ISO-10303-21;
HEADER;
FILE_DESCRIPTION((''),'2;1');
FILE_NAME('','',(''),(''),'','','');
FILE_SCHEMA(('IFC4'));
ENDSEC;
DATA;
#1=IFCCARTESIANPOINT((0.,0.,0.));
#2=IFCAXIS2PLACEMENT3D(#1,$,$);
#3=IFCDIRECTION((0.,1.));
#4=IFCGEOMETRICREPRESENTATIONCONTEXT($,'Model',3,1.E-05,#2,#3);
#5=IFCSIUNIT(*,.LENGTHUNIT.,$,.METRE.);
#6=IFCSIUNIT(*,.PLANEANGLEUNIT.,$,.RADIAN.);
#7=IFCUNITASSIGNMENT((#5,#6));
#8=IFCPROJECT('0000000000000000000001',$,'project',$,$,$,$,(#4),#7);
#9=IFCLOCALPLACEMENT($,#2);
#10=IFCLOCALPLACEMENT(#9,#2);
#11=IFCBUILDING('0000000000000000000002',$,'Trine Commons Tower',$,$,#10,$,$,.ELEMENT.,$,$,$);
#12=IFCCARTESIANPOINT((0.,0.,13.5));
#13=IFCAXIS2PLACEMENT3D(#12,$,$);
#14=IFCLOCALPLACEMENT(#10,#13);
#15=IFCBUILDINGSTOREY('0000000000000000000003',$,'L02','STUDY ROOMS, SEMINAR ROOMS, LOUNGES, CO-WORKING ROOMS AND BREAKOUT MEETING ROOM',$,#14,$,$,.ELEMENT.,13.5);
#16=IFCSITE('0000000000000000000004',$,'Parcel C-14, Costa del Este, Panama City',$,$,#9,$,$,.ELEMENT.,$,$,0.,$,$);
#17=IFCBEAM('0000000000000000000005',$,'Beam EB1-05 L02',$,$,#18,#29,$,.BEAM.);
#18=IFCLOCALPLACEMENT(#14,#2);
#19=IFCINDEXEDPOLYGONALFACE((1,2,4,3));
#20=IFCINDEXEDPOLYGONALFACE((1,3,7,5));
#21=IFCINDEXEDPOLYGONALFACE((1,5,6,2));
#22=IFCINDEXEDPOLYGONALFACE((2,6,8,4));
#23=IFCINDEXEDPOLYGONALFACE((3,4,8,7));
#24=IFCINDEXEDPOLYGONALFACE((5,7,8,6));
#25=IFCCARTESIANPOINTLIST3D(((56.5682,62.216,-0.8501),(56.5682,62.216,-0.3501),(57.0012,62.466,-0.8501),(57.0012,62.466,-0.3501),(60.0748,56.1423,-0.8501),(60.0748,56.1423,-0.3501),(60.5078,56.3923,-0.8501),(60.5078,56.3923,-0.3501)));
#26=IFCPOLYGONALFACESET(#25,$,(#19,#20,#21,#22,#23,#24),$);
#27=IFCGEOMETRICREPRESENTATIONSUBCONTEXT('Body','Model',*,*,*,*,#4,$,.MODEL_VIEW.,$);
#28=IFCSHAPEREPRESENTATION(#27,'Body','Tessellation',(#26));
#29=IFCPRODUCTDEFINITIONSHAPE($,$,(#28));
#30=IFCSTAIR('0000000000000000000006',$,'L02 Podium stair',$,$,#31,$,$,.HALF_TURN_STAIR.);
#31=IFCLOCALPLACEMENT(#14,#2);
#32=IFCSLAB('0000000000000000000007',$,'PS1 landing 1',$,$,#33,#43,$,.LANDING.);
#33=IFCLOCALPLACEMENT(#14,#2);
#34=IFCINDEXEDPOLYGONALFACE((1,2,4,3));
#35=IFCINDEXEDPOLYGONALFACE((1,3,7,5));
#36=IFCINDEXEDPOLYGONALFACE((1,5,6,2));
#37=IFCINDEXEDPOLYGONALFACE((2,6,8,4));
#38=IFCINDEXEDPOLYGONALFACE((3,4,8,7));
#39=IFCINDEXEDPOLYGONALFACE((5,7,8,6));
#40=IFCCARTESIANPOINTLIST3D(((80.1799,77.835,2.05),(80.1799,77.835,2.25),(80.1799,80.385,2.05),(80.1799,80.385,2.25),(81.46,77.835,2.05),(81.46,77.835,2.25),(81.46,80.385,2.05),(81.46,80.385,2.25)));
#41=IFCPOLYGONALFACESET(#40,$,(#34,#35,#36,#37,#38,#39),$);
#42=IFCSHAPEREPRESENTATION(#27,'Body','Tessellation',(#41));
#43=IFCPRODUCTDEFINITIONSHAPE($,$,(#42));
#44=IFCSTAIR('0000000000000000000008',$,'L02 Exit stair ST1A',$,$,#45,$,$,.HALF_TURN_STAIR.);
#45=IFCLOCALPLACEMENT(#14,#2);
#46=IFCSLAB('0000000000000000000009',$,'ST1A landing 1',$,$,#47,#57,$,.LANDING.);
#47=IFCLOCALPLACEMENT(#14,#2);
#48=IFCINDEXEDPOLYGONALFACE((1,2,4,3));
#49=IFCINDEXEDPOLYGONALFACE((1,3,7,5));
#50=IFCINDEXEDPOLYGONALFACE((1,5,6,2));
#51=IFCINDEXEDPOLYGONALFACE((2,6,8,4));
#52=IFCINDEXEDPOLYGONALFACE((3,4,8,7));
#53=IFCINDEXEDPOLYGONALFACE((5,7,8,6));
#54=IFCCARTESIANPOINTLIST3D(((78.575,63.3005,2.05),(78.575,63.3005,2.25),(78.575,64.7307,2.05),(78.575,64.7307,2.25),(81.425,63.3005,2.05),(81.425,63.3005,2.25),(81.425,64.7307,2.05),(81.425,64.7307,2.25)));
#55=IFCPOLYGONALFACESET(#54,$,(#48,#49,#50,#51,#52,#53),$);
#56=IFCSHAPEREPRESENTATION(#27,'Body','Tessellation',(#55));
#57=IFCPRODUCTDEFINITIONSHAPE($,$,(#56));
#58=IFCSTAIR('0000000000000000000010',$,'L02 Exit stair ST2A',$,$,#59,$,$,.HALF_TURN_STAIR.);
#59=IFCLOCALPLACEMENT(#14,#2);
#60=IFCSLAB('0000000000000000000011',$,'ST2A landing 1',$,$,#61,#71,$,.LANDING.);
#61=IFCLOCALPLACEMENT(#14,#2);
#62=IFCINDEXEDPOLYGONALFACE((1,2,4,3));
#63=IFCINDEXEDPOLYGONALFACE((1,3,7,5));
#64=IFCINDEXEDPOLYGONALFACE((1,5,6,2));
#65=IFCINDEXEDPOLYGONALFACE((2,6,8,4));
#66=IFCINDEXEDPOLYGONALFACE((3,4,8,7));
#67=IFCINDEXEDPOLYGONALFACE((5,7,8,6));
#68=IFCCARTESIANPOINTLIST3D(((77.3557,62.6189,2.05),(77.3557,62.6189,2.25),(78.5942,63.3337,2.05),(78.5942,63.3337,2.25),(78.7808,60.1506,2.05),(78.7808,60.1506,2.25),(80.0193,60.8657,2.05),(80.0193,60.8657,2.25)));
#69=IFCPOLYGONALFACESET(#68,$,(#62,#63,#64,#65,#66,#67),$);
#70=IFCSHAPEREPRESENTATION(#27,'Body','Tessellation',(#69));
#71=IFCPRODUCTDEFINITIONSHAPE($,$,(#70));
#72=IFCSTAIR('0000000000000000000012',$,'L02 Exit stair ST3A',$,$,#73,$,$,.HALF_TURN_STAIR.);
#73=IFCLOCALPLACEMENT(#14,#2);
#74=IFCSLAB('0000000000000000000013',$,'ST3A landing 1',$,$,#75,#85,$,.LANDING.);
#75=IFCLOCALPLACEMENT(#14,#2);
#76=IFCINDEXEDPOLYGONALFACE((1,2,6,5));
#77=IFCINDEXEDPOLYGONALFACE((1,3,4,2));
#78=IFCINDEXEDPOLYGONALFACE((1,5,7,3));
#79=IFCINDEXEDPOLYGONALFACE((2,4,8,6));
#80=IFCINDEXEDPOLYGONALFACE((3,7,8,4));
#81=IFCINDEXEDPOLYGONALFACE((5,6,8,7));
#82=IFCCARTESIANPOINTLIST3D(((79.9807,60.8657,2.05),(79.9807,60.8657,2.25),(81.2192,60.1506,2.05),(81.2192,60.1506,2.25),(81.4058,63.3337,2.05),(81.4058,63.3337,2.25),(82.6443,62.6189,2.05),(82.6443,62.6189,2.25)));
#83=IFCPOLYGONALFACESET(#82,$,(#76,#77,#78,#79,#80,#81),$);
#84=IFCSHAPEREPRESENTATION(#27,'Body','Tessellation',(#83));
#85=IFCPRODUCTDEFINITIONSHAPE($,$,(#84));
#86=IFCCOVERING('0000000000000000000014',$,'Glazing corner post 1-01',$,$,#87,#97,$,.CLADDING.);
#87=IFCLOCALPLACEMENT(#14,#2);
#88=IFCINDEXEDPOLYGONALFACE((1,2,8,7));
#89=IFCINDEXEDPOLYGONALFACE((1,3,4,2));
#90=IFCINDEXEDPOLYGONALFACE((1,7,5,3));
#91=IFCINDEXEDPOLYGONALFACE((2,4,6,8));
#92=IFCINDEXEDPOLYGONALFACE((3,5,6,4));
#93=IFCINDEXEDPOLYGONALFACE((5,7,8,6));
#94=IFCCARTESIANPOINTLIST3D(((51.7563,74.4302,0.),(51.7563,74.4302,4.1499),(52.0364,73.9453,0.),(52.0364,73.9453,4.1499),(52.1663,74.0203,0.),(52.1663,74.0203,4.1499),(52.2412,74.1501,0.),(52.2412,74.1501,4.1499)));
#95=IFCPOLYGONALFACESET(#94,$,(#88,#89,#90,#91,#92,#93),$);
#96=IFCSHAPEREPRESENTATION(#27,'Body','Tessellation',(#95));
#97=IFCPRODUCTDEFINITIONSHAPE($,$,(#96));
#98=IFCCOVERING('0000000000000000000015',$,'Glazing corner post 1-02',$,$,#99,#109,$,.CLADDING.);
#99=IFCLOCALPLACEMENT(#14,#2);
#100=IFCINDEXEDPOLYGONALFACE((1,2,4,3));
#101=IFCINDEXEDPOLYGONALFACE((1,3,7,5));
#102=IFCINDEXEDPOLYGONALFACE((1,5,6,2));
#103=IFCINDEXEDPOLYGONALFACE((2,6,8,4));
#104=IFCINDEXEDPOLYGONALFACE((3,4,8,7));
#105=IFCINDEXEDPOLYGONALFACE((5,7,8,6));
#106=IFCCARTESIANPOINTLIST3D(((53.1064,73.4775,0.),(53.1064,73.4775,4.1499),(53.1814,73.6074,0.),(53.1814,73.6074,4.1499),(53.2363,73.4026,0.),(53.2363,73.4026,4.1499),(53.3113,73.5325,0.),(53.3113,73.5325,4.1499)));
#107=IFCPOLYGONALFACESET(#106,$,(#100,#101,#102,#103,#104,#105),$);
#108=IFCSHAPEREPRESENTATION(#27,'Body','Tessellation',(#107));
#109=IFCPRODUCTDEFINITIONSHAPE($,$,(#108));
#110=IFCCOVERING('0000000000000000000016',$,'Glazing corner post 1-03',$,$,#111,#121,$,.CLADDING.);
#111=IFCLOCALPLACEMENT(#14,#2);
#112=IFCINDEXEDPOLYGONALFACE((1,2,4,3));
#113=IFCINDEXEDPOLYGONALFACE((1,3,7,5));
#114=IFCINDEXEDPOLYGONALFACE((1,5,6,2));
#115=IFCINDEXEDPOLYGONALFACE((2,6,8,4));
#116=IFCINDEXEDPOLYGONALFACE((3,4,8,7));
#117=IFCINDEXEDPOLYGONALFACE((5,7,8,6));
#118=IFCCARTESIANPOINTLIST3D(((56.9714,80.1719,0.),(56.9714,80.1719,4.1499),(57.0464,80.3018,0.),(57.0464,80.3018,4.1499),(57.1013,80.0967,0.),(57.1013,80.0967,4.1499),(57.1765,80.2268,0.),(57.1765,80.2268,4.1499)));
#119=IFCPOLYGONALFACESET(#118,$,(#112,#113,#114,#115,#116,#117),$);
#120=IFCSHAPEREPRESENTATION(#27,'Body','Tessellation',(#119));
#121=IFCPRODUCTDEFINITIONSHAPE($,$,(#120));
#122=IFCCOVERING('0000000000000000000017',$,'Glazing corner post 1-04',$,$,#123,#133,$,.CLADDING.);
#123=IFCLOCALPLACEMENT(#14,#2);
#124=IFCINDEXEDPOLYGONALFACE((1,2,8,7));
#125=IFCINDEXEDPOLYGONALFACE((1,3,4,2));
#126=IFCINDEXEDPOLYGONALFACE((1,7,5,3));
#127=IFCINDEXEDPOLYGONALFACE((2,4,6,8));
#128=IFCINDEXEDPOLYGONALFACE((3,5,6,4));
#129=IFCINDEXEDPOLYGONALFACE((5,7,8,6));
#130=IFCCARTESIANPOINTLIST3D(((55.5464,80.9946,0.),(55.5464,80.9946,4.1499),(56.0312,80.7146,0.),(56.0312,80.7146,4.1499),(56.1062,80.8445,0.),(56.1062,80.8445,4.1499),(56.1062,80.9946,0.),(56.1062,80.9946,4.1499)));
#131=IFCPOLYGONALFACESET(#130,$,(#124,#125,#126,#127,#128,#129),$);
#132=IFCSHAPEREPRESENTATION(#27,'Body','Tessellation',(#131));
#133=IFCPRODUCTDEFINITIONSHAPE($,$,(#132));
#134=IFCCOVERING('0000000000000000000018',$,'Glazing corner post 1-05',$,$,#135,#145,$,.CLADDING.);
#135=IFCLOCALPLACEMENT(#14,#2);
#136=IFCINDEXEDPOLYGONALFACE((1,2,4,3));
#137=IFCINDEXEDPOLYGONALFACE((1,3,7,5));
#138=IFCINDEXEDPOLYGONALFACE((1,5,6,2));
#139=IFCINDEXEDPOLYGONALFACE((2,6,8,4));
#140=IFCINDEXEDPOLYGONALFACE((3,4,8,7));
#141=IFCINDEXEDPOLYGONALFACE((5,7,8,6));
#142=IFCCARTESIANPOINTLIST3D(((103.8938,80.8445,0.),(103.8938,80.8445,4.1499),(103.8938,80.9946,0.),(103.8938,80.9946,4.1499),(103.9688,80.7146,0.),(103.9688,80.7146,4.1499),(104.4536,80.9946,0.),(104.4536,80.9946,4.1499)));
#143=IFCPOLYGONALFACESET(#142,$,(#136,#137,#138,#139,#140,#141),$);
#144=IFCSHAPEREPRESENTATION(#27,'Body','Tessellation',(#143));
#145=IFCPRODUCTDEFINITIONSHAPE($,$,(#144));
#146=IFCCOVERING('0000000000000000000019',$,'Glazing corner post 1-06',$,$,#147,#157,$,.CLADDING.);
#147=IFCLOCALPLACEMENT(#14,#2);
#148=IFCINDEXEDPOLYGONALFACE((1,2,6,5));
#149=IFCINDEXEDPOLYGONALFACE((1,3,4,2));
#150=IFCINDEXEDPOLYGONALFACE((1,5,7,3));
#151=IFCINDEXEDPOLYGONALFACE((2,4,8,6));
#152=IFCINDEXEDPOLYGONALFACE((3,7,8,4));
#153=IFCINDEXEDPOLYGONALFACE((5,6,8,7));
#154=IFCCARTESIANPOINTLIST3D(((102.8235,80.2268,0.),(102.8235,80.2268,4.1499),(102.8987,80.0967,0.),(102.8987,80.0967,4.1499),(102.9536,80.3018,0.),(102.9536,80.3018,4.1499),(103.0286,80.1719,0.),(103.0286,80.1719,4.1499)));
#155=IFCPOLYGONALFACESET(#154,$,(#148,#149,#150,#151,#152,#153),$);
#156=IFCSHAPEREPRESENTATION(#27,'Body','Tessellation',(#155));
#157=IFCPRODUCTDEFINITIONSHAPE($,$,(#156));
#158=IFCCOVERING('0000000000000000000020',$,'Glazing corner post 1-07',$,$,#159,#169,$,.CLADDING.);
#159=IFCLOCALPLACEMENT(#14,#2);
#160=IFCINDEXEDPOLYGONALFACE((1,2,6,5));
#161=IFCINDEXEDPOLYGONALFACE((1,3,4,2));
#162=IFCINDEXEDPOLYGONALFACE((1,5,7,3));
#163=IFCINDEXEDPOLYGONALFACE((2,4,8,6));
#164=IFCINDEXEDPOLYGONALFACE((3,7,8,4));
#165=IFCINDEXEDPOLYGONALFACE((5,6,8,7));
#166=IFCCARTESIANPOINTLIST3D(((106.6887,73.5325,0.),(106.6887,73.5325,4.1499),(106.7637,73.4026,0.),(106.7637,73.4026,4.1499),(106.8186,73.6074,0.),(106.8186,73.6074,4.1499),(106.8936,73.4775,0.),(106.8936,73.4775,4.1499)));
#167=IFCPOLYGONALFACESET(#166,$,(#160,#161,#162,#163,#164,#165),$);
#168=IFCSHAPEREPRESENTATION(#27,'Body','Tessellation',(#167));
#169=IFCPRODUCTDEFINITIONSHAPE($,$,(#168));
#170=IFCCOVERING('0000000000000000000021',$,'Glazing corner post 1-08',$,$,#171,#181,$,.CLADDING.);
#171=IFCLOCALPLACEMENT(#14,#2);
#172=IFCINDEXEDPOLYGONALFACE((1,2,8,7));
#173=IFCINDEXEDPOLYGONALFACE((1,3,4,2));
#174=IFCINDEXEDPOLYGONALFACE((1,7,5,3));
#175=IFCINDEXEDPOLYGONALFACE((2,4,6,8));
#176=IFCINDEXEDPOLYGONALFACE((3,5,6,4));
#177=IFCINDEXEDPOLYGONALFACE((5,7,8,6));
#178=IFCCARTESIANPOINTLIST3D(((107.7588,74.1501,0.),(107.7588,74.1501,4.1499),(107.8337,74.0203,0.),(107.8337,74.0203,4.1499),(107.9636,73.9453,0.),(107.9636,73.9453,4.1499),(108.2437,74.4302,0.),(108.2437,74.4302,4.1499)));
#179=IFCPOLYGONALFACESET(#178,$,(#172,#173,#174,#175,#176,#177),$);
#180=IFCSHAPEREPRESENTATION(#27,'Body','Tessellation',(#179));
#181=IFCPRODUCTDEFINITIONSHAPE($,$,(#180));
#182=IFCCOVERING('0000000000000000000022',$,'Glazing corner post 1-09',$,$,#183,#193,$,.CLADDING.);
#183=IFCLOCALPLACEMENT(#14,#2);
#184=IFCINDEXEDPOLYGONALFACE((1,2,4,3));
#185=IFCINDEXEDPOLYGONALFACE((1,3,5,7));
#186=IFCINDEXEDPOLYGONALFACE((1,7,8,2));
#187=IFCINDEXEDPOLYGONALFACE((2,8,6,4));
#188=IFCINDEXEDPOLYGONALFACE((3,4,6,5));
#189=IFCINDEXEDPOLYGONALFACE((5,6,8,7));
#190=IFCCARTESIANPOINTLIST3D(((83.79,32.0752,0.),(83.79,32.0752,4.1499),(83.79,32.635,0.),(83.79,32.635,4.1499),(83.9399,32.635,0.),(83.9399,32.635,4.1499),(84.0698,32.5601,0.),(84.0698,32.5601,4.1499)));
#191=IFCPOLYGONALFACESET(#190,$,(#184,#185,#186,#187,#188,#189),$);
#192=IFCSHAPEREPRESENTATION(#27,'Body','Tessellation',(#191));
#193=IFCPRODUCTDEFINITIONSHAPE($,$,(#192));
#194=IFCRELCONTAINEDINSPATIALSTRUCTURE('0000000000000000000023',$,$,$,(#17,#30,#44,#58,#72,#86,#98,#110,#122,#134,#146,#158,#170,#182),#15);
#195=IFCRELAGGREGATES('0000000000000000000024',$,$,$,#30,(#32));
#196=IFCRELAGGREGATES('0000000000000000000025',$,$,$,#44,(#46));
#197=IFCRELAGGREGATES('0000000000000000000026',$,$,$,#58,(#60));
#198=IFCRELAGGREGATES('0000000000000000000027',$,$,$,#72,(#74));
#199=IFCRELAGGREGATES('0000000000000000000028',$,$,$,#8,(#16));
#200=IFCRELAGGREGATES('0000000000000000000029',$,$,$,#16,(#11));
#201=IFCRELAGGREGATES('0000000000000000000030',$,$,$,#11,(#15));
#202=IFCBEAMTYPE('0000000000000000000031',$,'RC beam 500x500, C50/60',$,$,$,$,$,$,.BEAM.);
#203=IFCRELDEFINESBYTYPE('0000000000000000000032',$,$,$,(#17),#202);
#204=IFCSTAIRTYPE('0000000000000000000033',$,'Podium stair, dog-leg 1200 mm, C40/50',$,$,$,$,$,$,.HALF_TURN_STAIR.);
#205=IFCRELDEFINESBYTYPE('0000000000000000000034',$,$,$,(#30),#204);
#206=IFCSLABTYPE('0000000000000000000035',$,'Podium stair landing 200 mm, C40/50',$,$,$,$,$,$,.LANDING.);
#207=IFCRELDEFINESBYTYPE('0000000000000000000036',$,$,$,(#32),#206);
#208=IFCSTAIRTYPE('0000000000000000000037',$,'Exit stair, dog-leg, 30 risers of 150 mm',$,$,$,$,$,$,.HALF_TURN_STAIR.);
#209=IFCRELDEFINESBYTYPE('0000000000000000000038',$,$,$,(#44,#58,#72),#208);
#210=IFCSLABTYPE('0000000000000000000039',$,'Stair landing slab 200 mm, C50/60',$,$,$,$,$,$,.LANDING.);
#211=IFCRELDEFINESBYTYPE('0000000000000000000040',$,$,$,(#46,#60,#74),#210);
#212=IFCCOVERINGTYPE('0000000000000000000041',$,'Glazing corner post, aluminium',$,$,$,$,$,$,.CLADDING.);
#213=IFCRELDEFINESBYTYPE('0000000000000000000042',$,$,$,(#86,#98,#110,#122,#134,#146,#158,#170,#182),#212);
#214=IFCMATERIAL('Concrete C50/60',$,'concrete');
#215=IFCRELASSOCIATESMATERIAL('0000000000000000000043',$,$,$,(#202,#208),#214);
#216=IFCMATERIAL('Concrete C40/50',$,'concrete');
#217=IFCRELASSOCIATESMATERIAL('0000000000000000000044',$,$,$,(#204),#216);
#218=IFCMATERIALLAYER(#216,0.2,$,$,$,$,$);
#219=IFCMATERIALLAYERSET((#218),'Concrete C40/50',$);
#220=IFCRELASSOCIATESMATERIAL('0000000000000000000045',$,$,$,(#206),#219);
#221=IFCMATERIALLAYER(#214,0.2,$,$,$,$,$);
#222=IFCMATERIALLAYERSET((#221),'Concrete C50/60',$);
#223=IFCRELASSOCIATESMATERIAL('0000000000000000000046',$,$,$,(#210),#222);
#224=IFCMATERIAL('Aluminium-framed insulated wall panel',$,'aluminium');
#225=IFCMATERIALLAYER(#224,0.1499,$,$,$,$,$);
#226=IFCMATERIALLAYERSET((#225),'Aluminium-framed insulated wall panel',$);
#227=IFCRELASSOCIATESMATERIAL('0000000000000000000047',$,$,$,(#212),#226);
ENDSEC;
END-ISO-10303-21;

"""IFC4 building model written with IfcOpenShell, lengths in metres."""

from ifc_helpers import new_model, si_unit, direction, frame, origin, origin_2d, place, context, subcontext, project, spatial, polyline, rectangle, outline, extrude, material, layer, layer_set, material_profile, profile_set, type_object, element, aggregate, save


model = new_model("IFC4")

# Units and contexts
model_context = context("Model", 3, precision=1e-05, world=origin(), true_north=direction((0.0, 1.0)))
body_context = subcontext(model_context, "Body", "Model", "MODEL_VIEW")
ifc_project = project(units=[si_unit("LENGTHUNIT", "METRE"), si_unit("PLANEANGLEUNIT", "RADIAN")], contexts=[model_context])

# Site, building, storey
site_placement = place(None, origin())
site = spatial("IfcSite", under=ifc_project, at=site_placement, Name="Parcel C-14, Costa del Este, Panama City", CompositionType="ELEMENT", RefElevation=0.0)
building_placement = place(site_placement, origin())
building = spatial("IfcBuilding", under=site, at=building_placement, Name="Trine Commons Tower", CompositionType="ELEMENT")
storey_placement = place(building_placement, frame((0.0, 0.0, 13.5)))
storey = spatial("IfcBuildingStorey", under=building, at=storey_placement, Name="L02", Description="STUDY ROOMS, SEMINAR ROOMS, LOUNGES, CO-WORKING ROOMS AND BREAKOUT MEETING ROOM", CompositionType="ELEMENT", Elevation=13.5)

# Beam
ifc_material_1 = material(Name="Concrete C50/60", Category="concrete")
ifc_material_profile = material_profile(ifc_material_1, rectangle(XDim=0.5, YDim=0.5, at=origin_2d()), Name="RC 500x500")
ifc_profile_set = profile_set([ifc_material_profile], Name="Concrete C50/60")
beam_type = type_object("IfcBeamType", Name="RC beam 500x500, C50/60", PredefinedType="BEAM", material=ifc_profile_set)
beam_placement = place(storey_placement, frame((60.2913, 56.2673, -0.6001), z_axis=(-0.499992, 0.86603, 0.0), x_axis=(-0.86603, -0.499992, 0.0)))
element("IfcBeam", 1, at=beam_placement, inside=storey, type_object=beam_type, Name="Beam EB1-05 L02", PredefinedType="BEAM", context=body_context, shape_type="SweptSolid", body=[
    extrude(rectangle(XDim=0.5, YDim=0.5, at=origin_2d()), origin(), (0.0, 0.0, 1.0), 7.0132),
])

# Stairs, slabs
ifc_material_2 = material(Name="Concrete C40/50", Category="concrete")
stair_type_1 = type_object("IfcStairType", Name="Podium stair, dog-leg 1200 mm, C40/50", PredefinedType="HALF_TURN_STAIR", material=ifc_material_2)
stair_1_placement = place(storey_placement, origin())
stair_1 = element("IfcStair", 2, at=stair_1_placement, inside=storey, type_object=stair_type_1, Name="L02 Podium stair", PredefinedType="HALF_TURN_STAIR")
ifc_layer_1 = layer(ifc_material_2, 0.2)
ifc_layer_set_1 = layer_set([ifc_layer_1], Name="Concrete C40/50")
slab_type_1 = type_object("IfcSlabType", Name="Podium stair landing 200 mm, C40/50", PredefinedType="LANDING", material=ifc_layer_set_1)
slab_1_placement = place(storey_placement, frame((0.0, 0.0, 2.05)))
slab_1 = element("IfcSlab", 3, at=slab_1_placement, type_object=slab_type_1, Name="PS1 landing 1", PredefinedType="LANDING", context=body_context, shape_type="SweptSolid", body=[
    extrude(outline(polyline([(80.1799, 77.835), (81.46, 77.835), (81.46, 80.385), (80.1799, 80.385), (80.1799, 77.835)])), origin(), (0.0, 0.0, 1.0), 0.2),
])
aggregate(stair_1, [slab_1])
stair_type_2 = type_object("IfcStairType", Name="Exit stair, dog-leg, 30 risers of 150 mm", PredefinedType="HALF_TURN_STAIR", material=ifc_material_1)
stair_2_placement = place(storey_placement, origin())
stair_2 = element("IfcStair", 4, at=stair_2_placement, inside=storey, type_object=stair_type_2, Name="L02 Exit stair ST1A", PredefinedType="HALF_TURN_STAIR")
ifc_layer_2 = layer(ifc_material_1, 0.2)
ifc_layer_set_2 = layer_set([ifc_layer_2], Name="Concrete C50/60")
slab_type_2 = type_object("IfcSlabType", Name="Stair landing slab 200 mm, C50/60", PredefinedType="LANDING", material=ifc_layer_set_2)
slab_2_placement = place(storey_placement, frame((0.0, 0.0, 2.05)))
slab_2 = element("IfcSlab", 5, at=slab_2_placement, type_object=slab_type_2, Name="ST1A landing 1", PredefinedType="LANDING", context=body_context, shape_type="SweptSolid", body=[
    extrude(outline(polyline([(78.575, 64.7307), (78.575, 63.3005), (81.425, 63.3005), (81.425, 64.7307), (78.575, 64.7307)])), origin(), (0.0, 0.0, 1.0), 0.2),
])
aggregate(stair_2, [slab_2])
stair_3_placement = place(storey_placement, origin())
stair_3 = element("IfcStair", 6, at=stair_3_placement, inside=storey, type_object=stair_type_2, Name="L02 Exit stair ST2A", PredefinedType="HALF_TURN_STAIR")
slab_3_placement = place(storey_placement, frame((0.0, 0.0, 2.05)))
slab_3 = element("IfcSlab", 7, at=slab_3_placement, type_object=slab_type_2, Name="ST2A landing 1", PredefinedType="LANDING", context=body_context, shape_type="SweptSolid", body=[
    extrude(outline(polyline([(78.7808, 60.1506), (80.0193, 60.8657), (78.5942, 63.3337), (77.3557, 62.6189), (78.7808, 60.1506)])), origin(), (0.0, 0.0, 1.0), 0.2),
])
aggregate(stair_3, [slab_3])
stair_4_placement = place(storey_placement, origin())
stair_4 = element("IfcStair", 8, at=stair_4_placement, inside=storey, type_object=stair_type_2, Name="L02 Exit stair ST3A", PredefinedType="HALF_TURN_STAIR")
slab_4_placement = place(storey_placement, frame((0.0, 0.0, 2.05)))
slab_4 = element("IfcSlab", 9, at=slab_4_placement, type_object=slab_type_2, Name="ST3A landing 1", PredefinedType="LANDING", context=body_context, shape_type="SweptSolid", body=[
    extrude(outline(polyline([(82.6443, 62.6189), (81.4058, 63.3337), (79.9807, 60.8657), (81.2192, 60.1506), (82.6443, 62.6189)])), origin(), (0.0, 0.0, 1.0), 0.2),
])
aggregate(stair_4, [slab_4])

# Coverings
ifc_material_3 = material(Name="Aluminium-framed insulated wall panel", Category="aluminium")
ifc_layer_3 = layer(ifc_material_3, 0.1499)
ifc_layer_set_3 = layer_set([ifc_layer_3], Name="Aluminium-framed insulated wall panel")
covering_type_1 = type_object("IfcCoveringType", Name="Glazing corner post, aluminium", PredefinedType="CLADDING", material=ifc_layer_set_3)
covering_1_placement = place(storey_placement, origin())
element("IfcCovering", 10, at=covering_1_placement, inside=storey, type_object=covering_type_1, Name="Glazing corner post 1-01", PredefinedType="CLADDING", context=body_context, shape_type="SweptSolid", body=[
    extrude(outline(polyline([(51.7563, 74.4302), (51.7563, 74.4302), (52.0364, 73.9453), (52.1663, 74.0203), (52.1663, 74.0203), (52.1663, 74.0203), (52.1663, 74.0203), (52.2412, 74.1501), (51.7563, 74.4302)])), origin(), (0.0, 0.0, 1.0), 4.1499),
])
covering_2_placement = place(storey_placement, origin())
element("IfcCovering", 11, at=covering_2_placement, inside=storey, type_object=covering_type_1, Name="Glazing corner post 1-02", PredefinedType="CLADDING", context=body_context, shape_type="SweptSolid", body=[
    extrude(outline(polyline([(53.1064, 73.4775), (53.2363, 73.4026), (53.3113, 73.5325), (53.1814, 73.6074), (53.1064, 73.4775)])), origin(), (0.0, 0.0, 1.0), 4.1499),
])
covering_3_placement = place(storey_placement, origin())
element("IfcCovering", 12, at=covering_3_placement, inside=storey, type_object=covering_type_1, Name="Glazing corner post 1-03", PredefinedType="CLADDING", context=body_context, shape_type="SweptSolid", body=[
    extrude(outline(polyline([(57.1013, 80.0967), (57.1765, 80.2268), (57.0464, 80.3018), (56.9714, 80.1719), (57.1013, 80.0967)])), origin(), (0.0, 0.0, 1.0), 4.1499),
])
covering_4_placement = place(storey_placement, origin())
element("IfcCovering", 13, at=covering_4_placement, inside=storey, type_object=covering_type_1, Name="Glazing corner post 1-04", PredefinedType="CLADDING", context=body_context, shape_type="SweptSolid", body=[
    extrude(outline(polyline([(56.0312, 80.7146), (56.1062, 80.8445), (56.1062, 80.9946), (55.5464, 80.9946), (56.0312, 80.7146)])), origin(), (0.0, 0.0, 1.0), 4.1499),
])
covering_5_placement = place(storey_placement, origin())
element("IfcCovering", 14, at=covering_5_placement, inside=storey, type_object=covering_type_1, Name="Glazing corner post 1-05", PredefinedType="CLADDING", context=body_context, shape_type="SweptSolid", body=[
    extrude(outline(polyline([(103.9688, 80.7146), (104.4536, 80.9946), (103.8938, 80.9946), (103.8938, 80.8445), (103.9688, 80.7146)])), origin(), (0.0, 0.0, 1.0), 4.1499),
])
covering_6_placement = place(storey_placement, origin())
element("IfcCovering", 15, at=covering_6_placement, inside=storey, type_object=covering_type_1, Name="Glazing corner post 1-06", PredefinedType="CLADDING", context=body_context, shape_type="SweptSolid", body=[
    extrude(outline(polyline([(102.8987, 80.0967), (103.0286, 80.1719), (102.9536, 80.3018), (102.8235, 80.2268), (102.8987, 80.0967)])), origin(), (0.0, 0.0, 1.0), 4.1499),
])
covering_7_placement = place(storey_placement, origin())
element("IfcCovering", 16, at=covering_7_placement, inside=storey, type_object=covering_type_1, Name="Glazing corner post 1-07", PredefinedType="CLADDING", context=body_context, shape_type="SweptSolid", body=[
    extrude(outline(polyline([(106.6887, 73.5325), (106.7637, 73.4026), (106.8936, 73.4775), (106.8186, 73.6074), (106.6887, 73.5325)])), origin(), (0.0, 0.0, 1.0), 4.1499),
])
covering_8_placement = place(storey_placement, origin())
element("IfcCovering", 17, at=covering_8_placement, inside=storey, type_object=covering_type_1, Name="Glazing corner post 1-08", PredefinedType="CLADDING", context=body_context, shape_type="SweptSolid", body=[
    extrude(outline(polyline([(107.9636, 73.9453), (108.2437, 74.4302), (107.7588, 74.1501), (107.8337, 74.0203), (107.9636, 73.9453)])), origin(), (0.0, 0.0, 1.0), 4.1499),
])
covering_9_placement = place(storey_placement, origin())
element("IfcCovering", 18, at=covering_9_placement, inside=storey, type_object=covering_type_1, Name="Glazing corner post 1-09", PredefinedType="CLADDING", context=body_context, shape_type="SweptSolid", body=[
    extrude(outline(polyline([(83.79, 32.635), (83.79, 32.0752), (84.0698, 32.5601), (83.9399, 32.635), (83.9399, 32.635), (83.79, 32.635)])), origin(), (0.0, 0.0, 1.0), 4.1499),
])

save(model, "model.ifc")
